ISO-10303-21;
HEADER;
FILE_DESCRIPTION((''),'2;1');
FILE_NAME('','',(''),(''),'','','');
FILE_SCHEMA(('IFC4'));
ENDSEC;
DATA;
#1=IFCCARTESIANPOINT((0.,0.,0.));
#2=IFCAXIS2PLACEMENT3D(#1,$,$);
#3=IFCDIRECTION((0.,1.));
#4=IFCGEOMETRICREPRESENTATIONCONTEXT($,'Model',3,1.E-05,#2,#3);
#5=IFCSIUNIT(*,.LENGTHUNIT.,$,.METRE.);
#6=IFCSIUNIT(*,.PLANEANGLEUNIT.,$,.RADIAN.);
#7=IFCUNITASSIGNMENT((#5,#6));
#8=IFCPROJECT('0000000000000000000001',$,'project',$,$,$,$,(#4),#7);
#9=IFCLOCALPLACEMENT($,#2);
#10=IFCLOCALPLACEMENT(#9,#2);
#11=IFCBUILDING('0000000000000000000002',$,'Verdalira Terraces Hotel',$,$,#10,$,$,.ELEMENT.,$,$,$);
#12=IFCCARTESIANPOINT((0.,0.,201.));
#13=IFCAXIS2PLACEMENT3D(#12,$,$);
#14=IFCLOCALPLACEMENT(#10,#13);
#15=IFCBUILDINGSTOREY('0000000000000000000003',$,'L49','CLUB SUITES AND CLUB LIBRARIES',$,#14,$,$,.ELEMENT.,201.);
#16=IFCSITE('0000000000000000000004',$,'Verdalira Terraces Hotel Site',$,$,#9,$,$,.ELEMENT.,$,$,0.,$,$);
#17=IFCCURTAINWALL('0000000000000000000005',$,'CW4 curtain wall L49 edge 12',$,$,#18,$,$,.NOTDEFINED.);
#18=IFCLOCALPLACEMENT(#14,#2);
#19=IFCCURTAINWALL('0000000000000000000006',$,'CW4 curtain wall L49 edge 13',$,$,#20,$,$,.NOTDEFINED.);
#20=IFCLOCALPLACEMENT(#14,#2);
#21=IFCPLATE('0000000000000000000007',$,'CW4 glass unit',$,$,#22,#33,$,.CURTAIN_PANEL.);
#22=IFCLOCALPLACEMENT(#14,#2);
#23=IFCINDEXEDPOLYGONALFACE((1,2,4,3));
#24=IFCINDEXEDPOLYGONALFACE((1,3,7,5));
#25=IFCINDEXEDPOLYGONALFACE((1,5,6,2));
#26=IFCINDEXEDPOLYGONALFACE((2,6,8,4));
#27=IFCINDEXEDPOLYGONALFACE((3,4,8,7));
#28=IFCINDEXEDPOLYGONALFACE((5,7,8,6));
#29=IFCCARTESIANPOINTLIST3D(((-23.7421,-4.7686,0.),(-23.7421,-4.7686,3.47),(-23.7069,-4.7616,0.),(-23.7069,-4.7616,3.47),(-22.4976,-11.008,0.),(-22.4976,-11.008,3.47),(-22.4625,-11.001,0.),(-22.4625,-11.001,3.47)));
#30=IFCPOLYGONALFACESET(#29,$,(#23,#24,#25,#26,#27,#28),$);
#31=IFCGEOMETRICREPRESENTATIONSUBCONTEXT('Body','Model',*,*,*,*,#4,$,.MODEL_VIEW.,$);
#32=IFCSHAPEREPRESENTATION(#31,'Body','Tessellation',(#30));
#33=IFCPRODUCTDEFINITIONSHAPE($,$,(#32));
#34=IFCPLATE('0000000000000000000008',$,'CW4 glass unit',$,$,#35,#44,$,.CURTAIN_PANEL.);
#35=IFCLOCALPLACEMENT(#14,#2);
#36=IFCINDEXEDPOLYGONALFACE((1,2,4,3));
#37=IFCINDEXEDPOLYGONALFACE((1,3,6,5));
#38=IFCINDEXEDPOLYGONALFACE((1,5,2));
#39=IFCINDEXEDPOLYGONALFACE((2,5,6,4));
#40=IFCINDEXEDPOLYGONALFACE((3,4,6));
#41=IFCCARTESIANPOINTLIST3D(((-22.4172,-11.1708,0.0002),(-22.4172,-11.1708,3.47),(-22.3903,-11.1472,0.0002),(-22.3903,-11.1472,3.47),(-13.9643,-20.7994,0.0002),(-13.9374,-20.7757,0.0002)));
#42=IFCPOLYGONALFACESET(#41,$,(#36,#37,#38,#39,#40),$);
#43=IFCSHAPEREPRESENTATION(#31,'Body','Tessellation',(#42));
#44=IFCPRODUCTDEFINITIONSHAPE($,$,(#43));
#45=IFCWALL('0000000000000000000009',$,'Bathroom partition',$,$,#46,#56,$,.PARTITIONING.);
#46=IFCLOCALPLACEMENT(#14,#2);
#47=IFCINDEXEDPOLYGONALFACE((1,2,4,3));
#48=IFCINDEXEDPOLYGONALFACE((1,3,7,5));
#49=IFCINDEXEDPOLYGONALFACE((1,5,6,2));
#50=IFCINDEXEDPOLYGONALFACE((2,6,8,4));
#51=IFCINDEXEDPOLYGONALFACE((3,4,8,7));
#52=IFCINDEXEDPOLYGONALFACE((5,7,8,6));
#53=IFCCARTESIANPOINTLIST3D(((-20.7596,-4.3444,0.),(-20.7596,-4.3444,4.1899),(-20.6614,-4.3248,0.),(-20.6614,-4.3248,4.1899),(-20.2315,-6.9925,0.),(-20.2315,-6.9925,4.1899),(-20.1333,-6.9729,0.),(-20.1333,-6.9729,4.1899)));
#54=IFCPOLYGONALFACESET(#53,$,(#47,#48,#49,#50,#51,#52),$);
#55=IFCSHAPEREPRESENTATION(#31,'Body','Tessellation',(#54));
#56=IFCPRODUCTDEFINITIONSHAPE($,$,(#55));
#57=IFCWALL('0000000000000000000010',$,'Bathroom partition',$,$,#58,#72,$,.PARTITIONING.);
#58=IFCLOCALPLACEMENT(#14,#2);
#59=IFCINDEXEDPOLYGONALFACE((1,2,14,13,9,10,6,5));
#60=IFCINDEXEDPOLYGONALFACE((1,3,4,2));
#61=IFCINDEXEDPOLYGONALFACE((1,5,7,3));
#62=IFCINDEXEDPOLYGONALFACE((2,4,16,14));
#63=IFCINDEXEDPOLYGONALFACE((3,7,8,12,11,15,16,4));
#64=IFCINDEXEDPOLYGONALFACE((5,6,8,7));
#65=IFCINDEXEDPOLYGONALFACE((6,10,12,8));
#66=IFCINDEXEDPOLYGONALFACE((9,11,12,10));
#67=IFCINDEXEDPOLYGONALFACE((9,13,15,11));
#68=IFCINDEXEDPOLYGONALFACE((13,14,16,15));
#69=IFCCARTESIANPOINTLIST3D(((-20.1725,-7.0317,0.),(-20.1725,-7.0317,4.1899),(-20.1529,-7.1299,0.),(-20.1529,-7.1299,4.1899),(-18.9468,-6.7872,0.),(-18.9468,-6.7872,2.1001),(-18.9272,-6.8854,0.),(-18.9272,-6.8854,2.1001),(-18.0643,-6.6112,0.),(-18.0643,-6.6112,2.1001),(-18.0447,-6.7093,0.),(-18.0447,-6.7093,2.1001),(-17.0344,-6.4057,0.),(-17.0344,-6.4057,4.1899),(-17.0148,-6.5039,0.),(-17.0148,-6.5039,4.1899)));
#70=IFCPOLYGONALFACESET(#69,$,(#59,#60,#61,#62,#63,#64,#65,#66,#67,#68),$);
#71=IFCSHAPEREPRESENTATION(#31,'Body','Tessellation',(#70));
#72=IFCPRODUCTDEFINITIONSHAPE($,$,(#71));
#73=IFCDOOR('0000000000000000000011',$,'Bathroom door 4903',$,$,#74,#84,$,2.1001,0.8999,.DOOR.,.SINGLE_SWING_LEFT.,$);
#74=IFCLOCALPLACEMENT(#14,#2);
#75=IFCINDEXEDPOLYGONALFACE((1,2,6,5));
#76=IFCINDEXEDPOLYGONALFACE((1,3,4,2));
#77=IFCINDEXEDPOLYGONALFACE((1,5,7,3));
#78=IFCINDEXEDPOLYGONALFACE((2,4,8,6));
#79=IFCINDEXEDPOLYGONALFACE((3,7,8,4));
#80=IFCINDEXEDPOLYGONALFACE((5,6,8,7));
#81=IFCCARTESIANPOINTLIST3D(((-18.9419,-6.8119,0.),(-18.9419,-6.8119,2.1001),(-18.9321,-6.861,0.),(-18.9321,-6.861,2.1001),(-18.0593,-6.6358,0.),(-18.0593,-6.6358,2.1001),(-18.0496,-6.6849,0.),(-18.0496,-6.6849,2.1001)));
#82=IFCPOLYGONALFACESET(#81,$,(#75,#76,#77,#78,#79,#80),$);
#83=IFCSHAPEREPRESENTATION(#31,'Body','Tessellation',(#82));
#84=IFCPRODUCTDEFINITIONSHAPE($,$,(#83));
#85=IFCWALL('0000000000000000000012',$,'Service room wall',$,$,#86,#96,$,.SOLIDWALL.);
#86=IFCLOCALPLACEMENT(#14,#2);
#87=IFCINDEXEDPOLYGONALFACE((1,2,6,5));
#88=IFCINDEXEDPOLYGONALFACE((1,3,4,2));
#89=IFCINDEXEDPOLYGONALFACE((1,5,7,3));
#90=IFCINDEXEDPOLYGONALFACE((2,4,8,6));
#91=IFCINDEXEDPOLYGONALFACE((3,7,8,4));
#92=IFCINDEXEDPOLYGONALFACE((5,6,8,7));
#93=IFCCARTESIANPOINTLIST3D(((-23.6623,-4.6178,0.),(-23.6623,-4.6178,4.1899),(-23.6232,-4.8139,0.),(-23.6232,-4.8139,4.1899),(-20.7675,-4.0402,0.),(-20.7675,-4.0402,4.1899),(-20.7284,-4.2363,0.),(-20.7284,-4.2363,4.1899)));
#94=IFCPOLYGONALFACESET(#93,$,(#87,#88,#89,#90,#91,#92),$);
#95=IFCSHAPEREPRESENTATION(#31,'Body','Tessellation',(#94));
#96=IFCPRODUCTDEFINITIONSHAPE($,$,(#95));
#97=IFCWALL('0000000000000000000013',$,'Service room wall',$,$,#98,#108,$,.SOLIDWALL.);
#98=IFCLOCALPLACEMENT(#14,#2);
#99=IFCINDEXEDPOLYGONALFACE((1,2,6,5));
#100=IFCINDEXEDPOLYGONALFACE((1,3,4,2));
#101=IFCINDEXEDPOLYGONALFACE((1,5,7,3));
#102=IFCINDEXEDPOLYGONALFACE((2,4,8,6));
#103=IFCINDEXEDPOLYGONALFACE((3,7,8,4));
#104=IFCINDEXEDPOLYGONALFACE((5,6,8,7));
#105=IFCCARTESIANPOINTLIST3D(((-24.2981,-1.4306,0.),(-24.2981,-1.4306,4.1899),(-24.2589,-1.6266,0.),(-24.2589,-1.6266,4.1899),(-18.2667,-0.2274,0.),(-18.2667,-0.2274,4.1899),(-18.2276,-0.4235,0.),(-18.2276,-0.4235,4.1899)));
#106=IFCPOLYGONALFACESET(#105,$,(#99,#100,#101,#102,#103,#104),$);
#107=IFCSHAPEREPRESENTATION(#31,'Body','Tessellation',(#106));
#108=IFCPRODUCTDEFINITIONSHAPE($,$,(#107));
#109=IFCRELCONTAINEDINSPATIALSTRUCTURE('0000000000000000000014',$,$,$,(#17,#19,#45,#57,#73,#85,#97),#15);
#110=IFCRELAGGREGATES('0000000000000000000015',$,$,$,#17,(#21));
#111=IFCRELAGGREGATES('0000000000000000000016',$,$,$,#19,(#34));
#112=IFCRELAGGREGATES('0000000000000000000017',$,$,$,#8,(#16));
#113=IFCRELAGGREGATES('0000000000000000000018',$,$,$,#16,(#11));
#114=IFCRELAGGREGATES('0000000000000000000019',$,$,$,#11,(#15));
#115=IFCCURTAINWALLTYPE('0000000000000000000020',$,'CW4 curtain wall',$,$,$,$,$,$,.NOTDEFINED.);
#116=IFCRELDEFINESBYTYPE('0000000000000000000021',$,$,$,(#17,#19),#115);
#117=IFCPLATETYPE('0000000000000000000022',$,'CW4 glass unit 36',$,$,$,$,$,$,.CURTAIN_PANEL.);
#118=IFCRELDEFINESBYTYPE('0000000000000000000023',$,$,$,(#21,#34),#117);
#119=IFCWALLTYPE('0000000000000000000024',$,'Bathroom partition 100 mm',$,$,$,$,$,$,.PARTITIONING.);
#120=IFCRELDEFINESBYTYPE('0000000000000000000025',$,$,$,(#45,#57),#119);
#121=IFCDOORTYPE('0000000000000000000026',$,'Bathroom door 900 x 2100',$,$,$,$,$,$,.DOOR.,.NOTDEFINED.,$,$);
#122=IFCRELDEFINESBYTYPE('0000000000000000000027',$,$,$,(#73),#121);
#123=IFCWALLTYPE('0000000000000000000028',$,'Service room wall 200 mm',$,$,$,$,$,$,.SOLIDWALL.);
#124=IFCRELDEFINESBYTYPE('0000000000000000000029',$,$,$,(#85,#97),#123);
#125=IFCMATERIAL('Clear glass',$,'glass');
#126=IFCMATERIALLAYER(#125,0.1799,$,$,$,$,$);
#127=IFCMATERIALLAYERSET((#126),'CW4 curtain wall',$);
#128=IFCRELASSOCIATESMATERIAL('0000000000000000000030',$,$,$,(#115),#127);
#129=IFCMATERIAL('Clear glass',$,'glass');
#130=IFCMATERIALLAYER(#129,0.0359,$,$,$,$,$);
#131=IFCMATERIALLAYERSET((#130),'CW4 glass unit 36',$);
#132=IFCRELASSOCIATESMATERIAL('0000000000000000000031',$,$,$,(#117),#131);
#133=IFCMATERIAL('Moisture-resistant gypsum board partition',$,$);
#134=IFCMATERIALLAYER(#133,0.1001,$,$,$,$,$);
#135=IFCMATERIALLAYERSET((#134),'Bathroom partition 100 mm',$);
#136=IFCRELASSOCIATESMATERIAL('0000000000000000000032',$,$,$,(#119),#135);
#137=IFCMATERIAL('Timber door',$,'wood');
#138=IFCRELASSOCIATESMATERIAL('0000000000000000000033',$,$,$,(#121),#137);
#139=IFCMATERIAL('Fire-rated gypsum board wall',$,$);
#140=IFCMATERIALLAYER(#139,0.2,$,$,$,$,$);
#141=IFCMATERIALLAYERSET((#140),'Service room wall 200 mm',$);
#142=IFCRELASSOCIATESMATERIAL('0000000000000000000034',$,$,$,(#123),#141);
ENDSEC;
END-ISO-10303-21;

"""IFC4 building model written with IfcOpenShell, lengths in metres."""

from ifc_helpers import new_model, si_unit, direction, frame, frame_2d, origin, origin_2d, place, context, subcontext, project, spatial, polyline, rectangle, outline, extrude, material, layer, layer_set, type_object, element, fill, aggregate, save


model = new_model("IFC4")

# Units and contexts
model_context = context("Model", 3, precision=1e-05, world=origin(), true_north=direction((0.0, 1.0)))
body_context = subcontext(model_context, "Body", "Model", "MODEL_VIEW")
ifc_project = project(units=[si_unit("LENGTHUNIT", "METRE"), si_unit("PLANEANGLEUNIT", "RADIAN")], contexts=[model_context])

# Site, building, storey
site_placement = place(None, origin())
site = spatial("IfcSite", under=ifc_project, at=site_placement, Name="Verdalira Terraces Hotel Site", CompositionType="ELEMENT", RefElevation=0.0)
building_placement = place(site_placement, origin())
building = spatial("IfcBuilding", under=site, at=building_placement, Name="Verdalira Terraces Hotel", CompositionType="ELEMENT")
storey_placement = place(building_placement, frame((0.0, 0.0, 201.0)))
storey = spatial("IfcBuildingStorey", under=building, at=storey_placement, Name="L49", Description="CLUB SUITES AND CLUB LIBRARIES", CompositionType="ELEMENT", Elevation=201.0)

# Curtain walls
ifc_material_1 = material(Name="Clear glass", Category="glass")
ifc_layer_1 = layer(ifc_material_1, 0.1799)
ifc_layer_set_1 = layer_set([ifc_layer_1], Name="CW4 curtain wall")
curtain_wall_type = type_object("IfcCurtainWallType", Name="CW4 curtain wall", PredefinedType="NOTDEFINED", material=ifc_layer_set_1)
curtain_wall_1_placement = place(storey_placement, origin())
curtain_wall_1 = element("IfcCurtainWall", 1, at=curtain_wall_1_placement, inside=storey, type_object=curtain_wall_type, Name="CW4 curtain wall L49 edge 12", PredefinedType="NOTDEFINED")
curtain_wall_2_placement = place(storey_placement, origin())
curtain_wall_2 = element("IfcCurtainWall", 2, at=curtain_wall_2_placement, inside=storey, type_object=curtain_wall_type, Name="CW4 curtain wall L49 edge 13", PredefinedType="NOTDEFINED")

# Plates
ifc_material_2 = material(Name="Clear glass", Category="glass")
ifc_layer_2 = layer(ifc_material_2, 0.0359)
ifc_layer_set_2 = layer_set([ifc_layer_2], Name="CW4 glass unit 36")
plate_type = type_object("IfcPlateType", Name="CW4 glass unit 36", PredefinedType="CURTAIN_PANEL", material=ifc_layer_set_2)
plate_1_placement = place(storey_placement, frame((-23.1023, -7.8848, 0.0), z_axis=(0.0, 0.0, 1.0), x_axis=(0.195604, -0.980683, 0.0)))
plate_1 = element("IfcPlate", 3, at=plate_1_placement, type_object=plate_type, Name="CW4 glass unit", PredefinedType="CURTAIN_PANEL", context=body_context, shape_type="SweptSolid", body=[
    extrude(rectangle(XDim=6.3623, YDim=0.0359, at=origin_2d()), origin(), (0.0, 0.0, 1.0), 3.47),
])
aggregate(curtain_wall_1, [plate_1])
plate_2_placement = place(storey_placement, frame((-18.1638, -15.9614, 1.7351), z_axis=(-0.751494, -0.659739, 0.0), x_axis=(0.659739, -0.751494, 0.0)))
plate_2 = element("IfcPlate", 4, at=plate_2_placement, type_object=plate_type, Name="CW4 glass unit", PredefinedType="CURTAIN_PANEL", context=body_context, shape_type="SweptSolid", body=[
    extrude(outline(polyline([(-6.4062, -1.7349), (6.4062, -1.7349), (-6.4062, 1.7349), (-6.4062, -1.7349)])), origin(), (0.0, 0.0, 1.0), 0.0359),
])
aggregate(curtain_wall_2, [plate_2])

# Wall
ifc_material_3 = material(Name="Moisture-resistant gypsum board partition")
ifc_layer_3 = layer(ifc_material_3, 0.1001)
ifc_layer_set_3 = layer_set([ifc_layer_3], Name="Bathroom partition 100 mm")
wall_type_1 = type_object("IfcWallType", Name="Bathroom partition 100 mm", PredefinedType="PARTITIONING", material=ifc_layer_set_3)
wall_1_placement = place(storey_placement, frame((-20.1824, -6.9827, 0.0), z_axis=(0.0, 0.0, 1.0), x_axis=(-0.195577, 0.980688, 0.0)))
element("IfcWall", 5, at=wall_1_placement, inside=storey, type_object=wall_type_1, Name="Bathroom partition", PredefinedType="PARTITIONING", context=body_context, shape_type="SweptSolid", body=[
    extrude(rectangle(XDim=2.7002, YDim=0.1001, at=frame_2d((1.3501, 0.0))), origin(), (0.0, 0.0, 1.0), 4.1899),
])

# Wall, opening, door
wall_2_placement = place(storey_placement, frame((-20.1628, -7.0808, 0.0), z_axis=(0.0, 0.0, 1.0), x_axis=(0.98068, 0.195617, 0.0)))
wall_2 = element("IfcWall", 6, at=wall_2_placement, inside=storey, type_object=wall_type_1, Name="Bathroom partition", PredefinedType="PARTITIONING", context=body_context, shape_type="SweptSolid", body=[
    extrude(rectangle(XDim=3.2, YDim=0.1001, at=frame_2d((1.6001, 0.0))), origin(), (0.0, 0.0, 1.0), 4.1899),
])
opening_placement = place(wall_2_placement, frame((1.25, 0.0, 0.0)))
opening = element("IfcOpeningElement", 7, at=opening_placement, cuts=wall_2, PredefinedType="OPENING", context=body_context, shape_type="SweptSolid", body=[
    extrude(rectangle(XDim=0.8999, YDim=2.1001, at=frame_2d((0.45, 1.05))), frame((0.0, 0.0601, 0.0), z_axis=(0.0, -1.0, 0.0), x_axis=(1.0, 0.0, 0.0)), (0.0, 0.0, 1.0), 0.1201),
])
ifc_material_4 = material(Name="Timber door", Category="wood")
door_type = type_object("IfcDoorType", Name="Bathroom door 900 x 2100", OperationType="NOTDEFINED", PredefinedType="DOOR", material=ifc_material_4)
door_placement = place(opening_placement, origin())
door = element("IfcDoor", 8, at=door_placement, inside=storey, type_object=door_type, Name="Bathroom door 4903", OperationType="SINGLE_SWING_LEFT", OverallHeight=2.1001, OverallWidth=0.8999, PredefinedType="DOOR", context=body_context, shape_type="SweptSolid", body=[
    extrude(rectangle(XDim=0.8999, YDim=2.1001, at=frame_2d((0.45, 1.05))), frame((0.0, 0.0249, 0.0), z_axis=(0.0, -1.0, 0.0), x_axis=(1.0, 0.0, 0.0)), (0.0, 0.0, 1.0), 0.05),
])
fill(opening, door)

# Walls
ifc_material_5 = material(Name="Fire-rated gypsum board wall")
ifc_layer_4 = layer(ifc_material_5, 0.2)
ifc_layer_set_4 = layer_set([ifc_layer_4], Name="Service room wall 200 mm")
wall_type_2 = type_object("IfcWallType", Name="Service room wall 200 mm", PredefinedType="SOLIDWALL", material=ifc_layer_set_4)
wall_3_placement = place(storey_placement, frame((-20.7478, -4.1382, 0.0), z_axis=(0.0, 0.0, 1.0), x_axis=(-0.980666, -0.195687, 0.0)))
element("IfcWall", 9, at=wall_3_placement, inside=storey, type_object=wall_type_2, Name="Service room wall", PredefinedType="SOLIDWALL", context=body_context, shape_type="SweptSolid", body=[
    extrude(rectangle(XDim=2.9519, YDim=0.2, at=frame_2d((1.4761, 0.0))), origin(), (0.0, 0.0, 1.0), 4.1899),
])
wall_4_placement = place(storey_placement, frame((-18.2471, -0.3254, 0.0), z_axis=(0.0, 0.0, 1.0), x_axis=(-0.980678, -0.195628, 0.0)))
element("IfcWall", 10, at=wall_4_placement, inside=storey, type_object=wall_type_2, Name="Service room wall", PredefinedType="SOLIDWALL", context=body_context, shape_type="SweptSolid", body=[
    extrude(rectangle(XDim=6.1501, YDim=0.2, at=frame_2d((3.0752, 0.0))), origin(), (0.0, 0.0, 1.0), 4.1899),
])

save(model, "model.ifc")
